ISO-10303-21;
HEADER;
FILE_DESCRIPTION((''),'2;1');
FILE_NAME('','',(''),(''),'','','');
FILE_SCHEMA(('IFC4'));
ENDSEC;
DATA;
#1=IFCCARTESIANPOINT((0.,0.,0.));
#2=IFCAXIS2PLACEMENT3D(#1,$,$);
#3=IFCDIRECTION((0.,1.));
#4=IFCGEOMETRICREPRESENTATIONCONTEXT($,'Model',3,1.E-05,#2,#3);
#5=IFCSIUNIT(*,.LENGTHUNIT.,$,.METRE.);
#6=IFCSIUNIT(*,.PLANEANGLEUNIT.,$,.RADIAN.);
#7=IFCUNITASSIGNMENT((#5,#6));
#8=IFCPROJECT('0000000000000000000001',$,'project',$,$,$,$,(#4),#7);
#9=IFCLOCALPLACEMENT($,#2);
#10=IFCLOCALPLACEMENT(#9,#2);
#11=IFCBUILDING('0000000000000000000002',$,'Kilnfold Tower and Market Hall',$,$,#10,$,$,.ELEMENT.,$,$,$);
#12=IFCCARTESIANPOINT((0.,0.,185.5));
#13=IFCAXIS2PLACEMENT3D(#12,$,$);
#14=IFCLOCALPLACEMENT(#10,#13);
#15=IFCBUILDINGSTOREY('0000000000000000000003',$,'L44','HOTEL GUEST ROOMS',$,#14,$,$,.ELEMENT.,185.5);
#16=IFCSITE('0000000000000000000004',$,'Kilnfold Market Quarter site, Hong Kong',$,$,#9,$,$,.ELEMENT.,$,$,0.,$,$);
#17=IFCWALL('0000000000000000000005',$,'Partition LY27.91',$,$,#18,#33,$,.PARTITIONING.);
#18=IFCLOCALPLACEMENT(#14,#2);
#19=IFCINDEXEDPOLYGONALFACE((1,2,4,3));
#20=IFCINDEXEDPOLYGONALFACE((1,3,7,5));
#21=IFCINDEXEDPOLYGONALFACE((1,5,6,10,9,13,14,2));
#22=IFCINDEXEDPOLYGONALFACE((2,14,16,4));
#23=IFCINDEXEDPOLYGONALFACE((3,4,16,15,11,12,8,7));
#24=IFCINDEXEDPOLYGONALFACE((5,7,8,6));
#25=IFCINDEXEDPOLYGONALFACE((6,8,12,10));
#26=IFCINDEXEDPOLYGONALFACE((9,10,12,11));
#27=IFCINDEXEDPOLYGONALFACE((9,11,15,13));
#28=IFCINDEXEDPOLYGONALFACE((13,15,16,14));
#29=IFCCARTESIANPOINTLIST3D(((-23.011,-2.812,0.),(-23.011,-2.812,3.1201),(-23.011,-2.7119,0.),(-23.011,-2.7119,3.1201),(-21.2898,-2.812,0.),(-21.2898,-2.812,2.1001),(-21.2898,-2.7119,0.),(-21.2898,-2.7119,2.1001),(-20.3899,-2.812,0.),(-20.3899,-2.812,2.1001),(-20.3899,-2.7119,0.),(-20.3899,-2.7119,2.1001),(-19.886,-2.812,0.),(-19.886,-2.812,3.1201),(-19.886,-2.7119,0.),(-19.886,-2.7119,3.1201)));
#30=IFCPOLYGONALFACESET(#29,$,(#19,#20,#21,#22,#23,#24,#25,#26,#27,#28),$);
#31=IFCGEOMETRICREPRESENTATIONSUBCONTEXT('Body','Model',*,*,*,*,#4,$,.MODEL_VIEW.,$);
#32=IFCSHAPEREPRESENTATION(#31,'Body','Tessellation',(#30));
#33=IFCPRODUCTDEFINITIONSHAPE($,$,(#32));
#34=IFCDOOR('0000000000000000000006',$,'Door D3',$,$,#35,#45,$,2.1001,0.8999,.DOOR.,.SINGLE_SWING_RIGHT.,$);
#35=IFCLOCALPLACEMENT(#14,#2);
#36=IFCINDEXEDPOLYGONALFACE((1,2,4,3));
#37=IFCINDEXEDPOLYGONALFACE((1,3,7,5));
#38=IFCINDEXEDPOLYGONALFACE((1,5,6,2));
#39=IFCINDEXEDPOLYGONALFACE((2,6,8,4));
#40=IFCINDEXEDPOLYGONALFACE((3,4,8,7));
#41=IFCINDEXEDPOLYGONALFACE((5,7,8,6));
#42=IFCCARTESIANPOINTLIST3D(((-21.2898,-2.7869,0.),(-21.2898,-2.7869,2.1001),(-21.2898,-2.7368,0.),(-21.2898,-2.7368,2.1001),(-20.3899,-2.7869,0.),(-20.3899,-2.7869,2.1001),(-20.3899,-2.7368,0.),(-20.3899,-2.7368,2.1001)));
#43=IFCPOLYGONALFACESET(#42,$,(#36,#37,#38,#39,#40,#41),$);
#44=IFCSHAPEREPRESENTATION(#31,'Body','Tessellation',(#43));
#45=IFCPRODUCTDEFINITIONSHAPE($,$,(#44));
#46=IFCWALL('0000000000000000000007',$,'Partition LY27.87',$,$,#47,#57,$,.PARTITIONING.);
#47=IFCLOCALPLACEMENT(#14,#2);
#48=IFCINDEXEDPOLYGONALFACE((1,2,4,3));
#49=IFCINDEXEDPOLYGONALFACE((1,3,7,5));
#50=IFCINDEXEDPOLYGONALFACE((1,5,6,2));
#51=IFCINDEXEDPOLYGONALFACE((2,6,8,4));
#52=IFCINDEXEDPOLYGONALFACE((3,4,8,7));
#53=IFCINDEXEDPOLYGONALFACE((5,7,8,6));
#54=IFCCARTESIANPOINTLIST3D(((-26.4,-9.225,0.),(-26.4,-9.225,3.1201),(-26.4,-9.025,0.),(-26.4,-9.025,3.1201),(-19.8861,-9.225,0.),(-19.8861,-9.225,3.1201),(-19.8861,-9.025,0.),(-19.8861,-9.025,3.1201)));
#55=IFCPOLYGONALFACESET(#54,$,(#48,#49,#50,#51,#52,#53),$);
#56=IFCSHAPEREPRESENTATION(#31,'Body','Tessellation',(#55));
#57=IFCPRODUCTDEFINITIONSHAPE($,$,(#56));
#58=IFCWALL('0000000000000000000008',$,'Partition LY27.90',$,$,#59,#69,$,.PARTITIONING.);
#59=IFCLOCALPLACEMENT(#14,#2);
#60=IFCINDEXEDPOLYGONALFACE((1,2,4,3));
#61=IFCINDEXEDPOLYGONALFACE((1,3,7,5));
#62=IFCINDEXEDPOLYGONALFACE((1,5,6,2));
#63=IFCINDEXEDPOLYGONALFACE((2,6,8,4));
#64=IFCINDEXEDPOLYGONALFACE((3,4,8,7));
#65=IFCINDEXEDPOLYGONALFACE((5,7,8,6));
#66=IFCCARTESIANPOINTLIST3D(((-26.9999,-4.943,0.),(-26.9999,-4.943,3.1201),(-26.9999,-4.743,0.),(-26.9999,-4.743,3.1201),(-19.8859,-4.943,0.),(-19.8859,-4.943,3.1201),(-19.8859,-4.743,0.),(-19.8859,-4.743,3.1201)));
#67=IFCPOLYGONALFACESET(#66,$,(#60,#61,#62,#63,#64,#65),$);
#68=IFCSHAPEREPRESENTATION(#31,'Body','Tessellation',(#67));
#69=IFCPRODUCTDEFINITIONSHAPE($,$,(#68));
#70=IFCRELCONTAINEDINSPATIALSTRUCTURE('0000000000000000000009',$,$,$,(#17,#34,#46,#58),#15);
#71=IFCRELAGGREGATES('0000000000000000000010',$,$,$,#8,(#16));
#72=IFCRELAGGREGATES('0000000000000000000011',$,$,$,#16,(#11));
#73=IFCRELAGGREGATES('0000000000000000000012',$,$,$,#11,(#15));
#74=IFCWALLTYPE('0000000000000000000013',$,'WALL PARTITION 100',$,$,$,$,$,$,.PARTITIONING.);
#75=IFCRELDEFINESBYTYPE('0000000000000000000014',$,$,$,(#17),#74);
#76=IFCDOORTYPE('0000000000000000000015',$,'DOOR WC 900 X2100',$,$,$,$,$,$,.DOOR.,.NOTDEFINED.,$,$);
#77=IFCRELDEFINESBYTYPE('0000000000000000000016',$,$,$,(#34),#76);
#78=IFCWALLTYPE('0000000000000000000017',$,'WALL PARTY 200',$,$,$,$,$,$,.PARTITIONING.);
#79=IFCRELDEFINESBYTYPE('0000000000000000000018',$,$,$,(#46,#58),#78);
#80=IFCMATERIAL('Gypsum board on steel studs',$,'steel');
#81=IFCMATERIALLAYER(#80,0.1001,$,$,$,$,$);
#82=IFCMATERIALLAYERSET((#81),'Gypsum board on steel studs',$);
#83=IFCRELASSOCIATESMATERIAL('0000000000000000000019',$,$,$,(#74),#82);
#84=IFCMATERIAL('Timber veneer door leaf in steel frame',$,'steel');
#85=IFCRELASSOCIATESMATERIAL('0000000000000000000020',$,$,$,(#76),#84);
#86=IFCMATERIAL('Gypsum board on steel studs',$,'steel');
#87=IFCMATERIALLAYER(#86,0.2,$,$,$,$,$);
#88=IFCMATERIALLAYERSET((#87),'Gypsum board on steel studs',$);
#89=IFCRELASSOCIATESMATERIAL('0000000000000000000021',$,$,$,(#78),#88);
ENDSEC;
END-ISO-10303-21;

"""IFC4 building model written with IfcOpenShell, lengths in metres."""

from ifc_helpers import new_model, si_unit, direction, frame, frame_2d, origin, place, context, subcontext, project, spatial, rectangle, extrude, material, layer, layer_set, type_object, element, fill, save


model = new_model("IFC4")

# Units and contexts
model_context = context("Model", 3, precision=1e-05, world=origin(), true_north=direction((0.0, 1.0)))
body_context = subcontext(model_context, "Body", "Model", "MODEL_VIEW")
ifc_project = project(units=[si_unit("LENGTHUNIT", "METRE"), si_unit("PLANEANGLEUNIT", "RADIAN")], contexts=[model_context])

# Site, building, storey
site_placement = place(None, origin())
site = spatial("IfcSite", under=ifc_project, at=site_placement, Name="Kilnfold Market Quarter site, Hong Kong", CompositionType="ELEMENT", RefElevation=0.0)
building_placement = place(site_placement, origin())
building = spatial("IfcBuilding", under=site, at=building_placement, Name="Kilnfold Tower and Market Hall", CompositionType="ELEMENT")
storey_placement = place(building_placement, frame((0.0, 0.0, 185.5)))
storey = spatial("IfcBuildingStorey", under=building, at=storey_placement, Name="L44", Description="HOTEL GUEST ROOMS", CompositionType="ELEMENT", Elevation=185.5)

# Shared definitions
ifc_material_1 = material(Name="Gypsum board on steel studs", Category="steel")
ifc_layer_1 = layer(ifc_material_1, 0.1001)
ifc_layer_set_1 = layer_set([ifc_layer_1], Name="Gypsum board on steel studs")
wall_type_1 = type_object("IfcWallType", Name="WALL PARTITION 100", PredefinedType="PARTITIONING", material=ifc_layer_set_1)
ifc_material_2 = material(Name="Timber veneer door leaf in steel frame", Category="steel")
door_type_1 = type_object("IfcDoorType", Name="DOOR WC 900 X2100", OperationType="NOTDEFINED", PredefinedType="DOOR", material=ifc_material_2)

# Wall, opening, door
wall_1_placement = place(storey_placement, frame((-19.886, -2.762, 0.0), z_axis=(0.0, 0.0, 1.0), x_axis=(-1.0, 0.0, 0.0)))
wall_1 = element("IfcWall", 1, at=wall_1_placement, inside=storey, type_object=wall_type_1, Name="Partition LY27.91", PredefinedType="PARTITIONING", context=body_context, shape_type="SweptSolid", body=[
    extrude(rectangle(XDim=3.125, YDim=0.1001, at=frame_2d((1.5625, 0.0))), origin(), (0.0, 0.0, 1.0), 3.1201),
])
opening_1_placement = place(wall_1_placement, frame((0.5039, 0.0, 0.0)))
opening_1 = element("IfcOpeningElement", 2, at=opening_1_placement, cuts=wall_1, PredefinedType="OPENING", context=body_context, shape_type="SweptSolid", body=[
    extrude(rectangle(XDim=0.8999, YDim=2.1001, at=frame_2d((0.45, 1.05))), frame((0.0, 0.0601, 0.0), z_axis=(0.0, -1.0, 0.0), x_axis=(1.0, 0.0, 0.0)), (0.0, 0.0, 1.0), 0.1201),
])
door_1_placement = place(opening_1_placement, origin())
door_1 = element("IfcDoor", 3, at=door_1_placement, inside=storey, type_object=door_type_1, Name="Door D3", OperationType="SINGLE_SWING_RIGHT", OverallHeight=2.1001, OverallWidth=0.8999, PredefinedType="DOOR", context=body_context, shape_type="SweptSolid", body=[
    extrude(rectangle(XDim=0.8999, YDim=2.1001, at=frame_2d((0.45, 1.05))), frame((0.0, 0.0249, 0.0), z_axis=(0.0, -1.0, 0.0), x_axis=(1.0, 0.0, 0.0)), (0.0, 0.0, 1.0), 0.05),
])
fill(opening_1, door_1)

# Walls
ifc_material_3 = material(Name="Gypsum board on steel studs", Category="steel")
ifc_layer_2 = layer(ifc_material_3, 0.2)
ifc_layer_set_2 = layer_set([ifc_layer_2], Name="Gypsum board on steel studs")
wall_type_2 = type_object("IfcWallType", Name="WALL PARTY 200", PredefinedType="PARTITIONING", material=ifc_layer_set_2)
wall_2_placement = place(storey_placement, frame((-26.3999, -9.125, 0.0), z_axis=(0.0, 0.0, 1.0), x_axis=(1.0, 0.0, 0.0)))
element("IfcWall", 4, at=wall_2_placement, inside=storey, type_object=wall_type_2, Name="Partition LY27.87", PredefinedType="PARTITIONING", context=body_context, shape_type="SweptSolid", body=[
    extrude(rectangle(XDim=6.5139, YDim=0.2, at=frame_2d((3.2568, 0.0))), origin(), (0.0, 0.0, 1.0), 3.1201),
])
wall_3_placement = place(storey_placement, frame((-27.0, -4.843, 0.0), z_axis=(0.0, 0.0, 1.0), x_axis=(1.0, 0.0, 0.0)))
element("IfcWall", 5, at=wall_3_placement, inside=storey, type_object=wall_type_2, Name="Partition LY27.90", PredefinedType="PARTITIONING", context=body_context, shape_type="SweptSolid", body=[
    extrude(rectangle(XDim=7.114, YDim=0.2, at=frame_2d((3.5571, 0.0))), origin(), (0.0, 0.0, 1.0), 3.1201),
])

save(model, "model.ifc")
